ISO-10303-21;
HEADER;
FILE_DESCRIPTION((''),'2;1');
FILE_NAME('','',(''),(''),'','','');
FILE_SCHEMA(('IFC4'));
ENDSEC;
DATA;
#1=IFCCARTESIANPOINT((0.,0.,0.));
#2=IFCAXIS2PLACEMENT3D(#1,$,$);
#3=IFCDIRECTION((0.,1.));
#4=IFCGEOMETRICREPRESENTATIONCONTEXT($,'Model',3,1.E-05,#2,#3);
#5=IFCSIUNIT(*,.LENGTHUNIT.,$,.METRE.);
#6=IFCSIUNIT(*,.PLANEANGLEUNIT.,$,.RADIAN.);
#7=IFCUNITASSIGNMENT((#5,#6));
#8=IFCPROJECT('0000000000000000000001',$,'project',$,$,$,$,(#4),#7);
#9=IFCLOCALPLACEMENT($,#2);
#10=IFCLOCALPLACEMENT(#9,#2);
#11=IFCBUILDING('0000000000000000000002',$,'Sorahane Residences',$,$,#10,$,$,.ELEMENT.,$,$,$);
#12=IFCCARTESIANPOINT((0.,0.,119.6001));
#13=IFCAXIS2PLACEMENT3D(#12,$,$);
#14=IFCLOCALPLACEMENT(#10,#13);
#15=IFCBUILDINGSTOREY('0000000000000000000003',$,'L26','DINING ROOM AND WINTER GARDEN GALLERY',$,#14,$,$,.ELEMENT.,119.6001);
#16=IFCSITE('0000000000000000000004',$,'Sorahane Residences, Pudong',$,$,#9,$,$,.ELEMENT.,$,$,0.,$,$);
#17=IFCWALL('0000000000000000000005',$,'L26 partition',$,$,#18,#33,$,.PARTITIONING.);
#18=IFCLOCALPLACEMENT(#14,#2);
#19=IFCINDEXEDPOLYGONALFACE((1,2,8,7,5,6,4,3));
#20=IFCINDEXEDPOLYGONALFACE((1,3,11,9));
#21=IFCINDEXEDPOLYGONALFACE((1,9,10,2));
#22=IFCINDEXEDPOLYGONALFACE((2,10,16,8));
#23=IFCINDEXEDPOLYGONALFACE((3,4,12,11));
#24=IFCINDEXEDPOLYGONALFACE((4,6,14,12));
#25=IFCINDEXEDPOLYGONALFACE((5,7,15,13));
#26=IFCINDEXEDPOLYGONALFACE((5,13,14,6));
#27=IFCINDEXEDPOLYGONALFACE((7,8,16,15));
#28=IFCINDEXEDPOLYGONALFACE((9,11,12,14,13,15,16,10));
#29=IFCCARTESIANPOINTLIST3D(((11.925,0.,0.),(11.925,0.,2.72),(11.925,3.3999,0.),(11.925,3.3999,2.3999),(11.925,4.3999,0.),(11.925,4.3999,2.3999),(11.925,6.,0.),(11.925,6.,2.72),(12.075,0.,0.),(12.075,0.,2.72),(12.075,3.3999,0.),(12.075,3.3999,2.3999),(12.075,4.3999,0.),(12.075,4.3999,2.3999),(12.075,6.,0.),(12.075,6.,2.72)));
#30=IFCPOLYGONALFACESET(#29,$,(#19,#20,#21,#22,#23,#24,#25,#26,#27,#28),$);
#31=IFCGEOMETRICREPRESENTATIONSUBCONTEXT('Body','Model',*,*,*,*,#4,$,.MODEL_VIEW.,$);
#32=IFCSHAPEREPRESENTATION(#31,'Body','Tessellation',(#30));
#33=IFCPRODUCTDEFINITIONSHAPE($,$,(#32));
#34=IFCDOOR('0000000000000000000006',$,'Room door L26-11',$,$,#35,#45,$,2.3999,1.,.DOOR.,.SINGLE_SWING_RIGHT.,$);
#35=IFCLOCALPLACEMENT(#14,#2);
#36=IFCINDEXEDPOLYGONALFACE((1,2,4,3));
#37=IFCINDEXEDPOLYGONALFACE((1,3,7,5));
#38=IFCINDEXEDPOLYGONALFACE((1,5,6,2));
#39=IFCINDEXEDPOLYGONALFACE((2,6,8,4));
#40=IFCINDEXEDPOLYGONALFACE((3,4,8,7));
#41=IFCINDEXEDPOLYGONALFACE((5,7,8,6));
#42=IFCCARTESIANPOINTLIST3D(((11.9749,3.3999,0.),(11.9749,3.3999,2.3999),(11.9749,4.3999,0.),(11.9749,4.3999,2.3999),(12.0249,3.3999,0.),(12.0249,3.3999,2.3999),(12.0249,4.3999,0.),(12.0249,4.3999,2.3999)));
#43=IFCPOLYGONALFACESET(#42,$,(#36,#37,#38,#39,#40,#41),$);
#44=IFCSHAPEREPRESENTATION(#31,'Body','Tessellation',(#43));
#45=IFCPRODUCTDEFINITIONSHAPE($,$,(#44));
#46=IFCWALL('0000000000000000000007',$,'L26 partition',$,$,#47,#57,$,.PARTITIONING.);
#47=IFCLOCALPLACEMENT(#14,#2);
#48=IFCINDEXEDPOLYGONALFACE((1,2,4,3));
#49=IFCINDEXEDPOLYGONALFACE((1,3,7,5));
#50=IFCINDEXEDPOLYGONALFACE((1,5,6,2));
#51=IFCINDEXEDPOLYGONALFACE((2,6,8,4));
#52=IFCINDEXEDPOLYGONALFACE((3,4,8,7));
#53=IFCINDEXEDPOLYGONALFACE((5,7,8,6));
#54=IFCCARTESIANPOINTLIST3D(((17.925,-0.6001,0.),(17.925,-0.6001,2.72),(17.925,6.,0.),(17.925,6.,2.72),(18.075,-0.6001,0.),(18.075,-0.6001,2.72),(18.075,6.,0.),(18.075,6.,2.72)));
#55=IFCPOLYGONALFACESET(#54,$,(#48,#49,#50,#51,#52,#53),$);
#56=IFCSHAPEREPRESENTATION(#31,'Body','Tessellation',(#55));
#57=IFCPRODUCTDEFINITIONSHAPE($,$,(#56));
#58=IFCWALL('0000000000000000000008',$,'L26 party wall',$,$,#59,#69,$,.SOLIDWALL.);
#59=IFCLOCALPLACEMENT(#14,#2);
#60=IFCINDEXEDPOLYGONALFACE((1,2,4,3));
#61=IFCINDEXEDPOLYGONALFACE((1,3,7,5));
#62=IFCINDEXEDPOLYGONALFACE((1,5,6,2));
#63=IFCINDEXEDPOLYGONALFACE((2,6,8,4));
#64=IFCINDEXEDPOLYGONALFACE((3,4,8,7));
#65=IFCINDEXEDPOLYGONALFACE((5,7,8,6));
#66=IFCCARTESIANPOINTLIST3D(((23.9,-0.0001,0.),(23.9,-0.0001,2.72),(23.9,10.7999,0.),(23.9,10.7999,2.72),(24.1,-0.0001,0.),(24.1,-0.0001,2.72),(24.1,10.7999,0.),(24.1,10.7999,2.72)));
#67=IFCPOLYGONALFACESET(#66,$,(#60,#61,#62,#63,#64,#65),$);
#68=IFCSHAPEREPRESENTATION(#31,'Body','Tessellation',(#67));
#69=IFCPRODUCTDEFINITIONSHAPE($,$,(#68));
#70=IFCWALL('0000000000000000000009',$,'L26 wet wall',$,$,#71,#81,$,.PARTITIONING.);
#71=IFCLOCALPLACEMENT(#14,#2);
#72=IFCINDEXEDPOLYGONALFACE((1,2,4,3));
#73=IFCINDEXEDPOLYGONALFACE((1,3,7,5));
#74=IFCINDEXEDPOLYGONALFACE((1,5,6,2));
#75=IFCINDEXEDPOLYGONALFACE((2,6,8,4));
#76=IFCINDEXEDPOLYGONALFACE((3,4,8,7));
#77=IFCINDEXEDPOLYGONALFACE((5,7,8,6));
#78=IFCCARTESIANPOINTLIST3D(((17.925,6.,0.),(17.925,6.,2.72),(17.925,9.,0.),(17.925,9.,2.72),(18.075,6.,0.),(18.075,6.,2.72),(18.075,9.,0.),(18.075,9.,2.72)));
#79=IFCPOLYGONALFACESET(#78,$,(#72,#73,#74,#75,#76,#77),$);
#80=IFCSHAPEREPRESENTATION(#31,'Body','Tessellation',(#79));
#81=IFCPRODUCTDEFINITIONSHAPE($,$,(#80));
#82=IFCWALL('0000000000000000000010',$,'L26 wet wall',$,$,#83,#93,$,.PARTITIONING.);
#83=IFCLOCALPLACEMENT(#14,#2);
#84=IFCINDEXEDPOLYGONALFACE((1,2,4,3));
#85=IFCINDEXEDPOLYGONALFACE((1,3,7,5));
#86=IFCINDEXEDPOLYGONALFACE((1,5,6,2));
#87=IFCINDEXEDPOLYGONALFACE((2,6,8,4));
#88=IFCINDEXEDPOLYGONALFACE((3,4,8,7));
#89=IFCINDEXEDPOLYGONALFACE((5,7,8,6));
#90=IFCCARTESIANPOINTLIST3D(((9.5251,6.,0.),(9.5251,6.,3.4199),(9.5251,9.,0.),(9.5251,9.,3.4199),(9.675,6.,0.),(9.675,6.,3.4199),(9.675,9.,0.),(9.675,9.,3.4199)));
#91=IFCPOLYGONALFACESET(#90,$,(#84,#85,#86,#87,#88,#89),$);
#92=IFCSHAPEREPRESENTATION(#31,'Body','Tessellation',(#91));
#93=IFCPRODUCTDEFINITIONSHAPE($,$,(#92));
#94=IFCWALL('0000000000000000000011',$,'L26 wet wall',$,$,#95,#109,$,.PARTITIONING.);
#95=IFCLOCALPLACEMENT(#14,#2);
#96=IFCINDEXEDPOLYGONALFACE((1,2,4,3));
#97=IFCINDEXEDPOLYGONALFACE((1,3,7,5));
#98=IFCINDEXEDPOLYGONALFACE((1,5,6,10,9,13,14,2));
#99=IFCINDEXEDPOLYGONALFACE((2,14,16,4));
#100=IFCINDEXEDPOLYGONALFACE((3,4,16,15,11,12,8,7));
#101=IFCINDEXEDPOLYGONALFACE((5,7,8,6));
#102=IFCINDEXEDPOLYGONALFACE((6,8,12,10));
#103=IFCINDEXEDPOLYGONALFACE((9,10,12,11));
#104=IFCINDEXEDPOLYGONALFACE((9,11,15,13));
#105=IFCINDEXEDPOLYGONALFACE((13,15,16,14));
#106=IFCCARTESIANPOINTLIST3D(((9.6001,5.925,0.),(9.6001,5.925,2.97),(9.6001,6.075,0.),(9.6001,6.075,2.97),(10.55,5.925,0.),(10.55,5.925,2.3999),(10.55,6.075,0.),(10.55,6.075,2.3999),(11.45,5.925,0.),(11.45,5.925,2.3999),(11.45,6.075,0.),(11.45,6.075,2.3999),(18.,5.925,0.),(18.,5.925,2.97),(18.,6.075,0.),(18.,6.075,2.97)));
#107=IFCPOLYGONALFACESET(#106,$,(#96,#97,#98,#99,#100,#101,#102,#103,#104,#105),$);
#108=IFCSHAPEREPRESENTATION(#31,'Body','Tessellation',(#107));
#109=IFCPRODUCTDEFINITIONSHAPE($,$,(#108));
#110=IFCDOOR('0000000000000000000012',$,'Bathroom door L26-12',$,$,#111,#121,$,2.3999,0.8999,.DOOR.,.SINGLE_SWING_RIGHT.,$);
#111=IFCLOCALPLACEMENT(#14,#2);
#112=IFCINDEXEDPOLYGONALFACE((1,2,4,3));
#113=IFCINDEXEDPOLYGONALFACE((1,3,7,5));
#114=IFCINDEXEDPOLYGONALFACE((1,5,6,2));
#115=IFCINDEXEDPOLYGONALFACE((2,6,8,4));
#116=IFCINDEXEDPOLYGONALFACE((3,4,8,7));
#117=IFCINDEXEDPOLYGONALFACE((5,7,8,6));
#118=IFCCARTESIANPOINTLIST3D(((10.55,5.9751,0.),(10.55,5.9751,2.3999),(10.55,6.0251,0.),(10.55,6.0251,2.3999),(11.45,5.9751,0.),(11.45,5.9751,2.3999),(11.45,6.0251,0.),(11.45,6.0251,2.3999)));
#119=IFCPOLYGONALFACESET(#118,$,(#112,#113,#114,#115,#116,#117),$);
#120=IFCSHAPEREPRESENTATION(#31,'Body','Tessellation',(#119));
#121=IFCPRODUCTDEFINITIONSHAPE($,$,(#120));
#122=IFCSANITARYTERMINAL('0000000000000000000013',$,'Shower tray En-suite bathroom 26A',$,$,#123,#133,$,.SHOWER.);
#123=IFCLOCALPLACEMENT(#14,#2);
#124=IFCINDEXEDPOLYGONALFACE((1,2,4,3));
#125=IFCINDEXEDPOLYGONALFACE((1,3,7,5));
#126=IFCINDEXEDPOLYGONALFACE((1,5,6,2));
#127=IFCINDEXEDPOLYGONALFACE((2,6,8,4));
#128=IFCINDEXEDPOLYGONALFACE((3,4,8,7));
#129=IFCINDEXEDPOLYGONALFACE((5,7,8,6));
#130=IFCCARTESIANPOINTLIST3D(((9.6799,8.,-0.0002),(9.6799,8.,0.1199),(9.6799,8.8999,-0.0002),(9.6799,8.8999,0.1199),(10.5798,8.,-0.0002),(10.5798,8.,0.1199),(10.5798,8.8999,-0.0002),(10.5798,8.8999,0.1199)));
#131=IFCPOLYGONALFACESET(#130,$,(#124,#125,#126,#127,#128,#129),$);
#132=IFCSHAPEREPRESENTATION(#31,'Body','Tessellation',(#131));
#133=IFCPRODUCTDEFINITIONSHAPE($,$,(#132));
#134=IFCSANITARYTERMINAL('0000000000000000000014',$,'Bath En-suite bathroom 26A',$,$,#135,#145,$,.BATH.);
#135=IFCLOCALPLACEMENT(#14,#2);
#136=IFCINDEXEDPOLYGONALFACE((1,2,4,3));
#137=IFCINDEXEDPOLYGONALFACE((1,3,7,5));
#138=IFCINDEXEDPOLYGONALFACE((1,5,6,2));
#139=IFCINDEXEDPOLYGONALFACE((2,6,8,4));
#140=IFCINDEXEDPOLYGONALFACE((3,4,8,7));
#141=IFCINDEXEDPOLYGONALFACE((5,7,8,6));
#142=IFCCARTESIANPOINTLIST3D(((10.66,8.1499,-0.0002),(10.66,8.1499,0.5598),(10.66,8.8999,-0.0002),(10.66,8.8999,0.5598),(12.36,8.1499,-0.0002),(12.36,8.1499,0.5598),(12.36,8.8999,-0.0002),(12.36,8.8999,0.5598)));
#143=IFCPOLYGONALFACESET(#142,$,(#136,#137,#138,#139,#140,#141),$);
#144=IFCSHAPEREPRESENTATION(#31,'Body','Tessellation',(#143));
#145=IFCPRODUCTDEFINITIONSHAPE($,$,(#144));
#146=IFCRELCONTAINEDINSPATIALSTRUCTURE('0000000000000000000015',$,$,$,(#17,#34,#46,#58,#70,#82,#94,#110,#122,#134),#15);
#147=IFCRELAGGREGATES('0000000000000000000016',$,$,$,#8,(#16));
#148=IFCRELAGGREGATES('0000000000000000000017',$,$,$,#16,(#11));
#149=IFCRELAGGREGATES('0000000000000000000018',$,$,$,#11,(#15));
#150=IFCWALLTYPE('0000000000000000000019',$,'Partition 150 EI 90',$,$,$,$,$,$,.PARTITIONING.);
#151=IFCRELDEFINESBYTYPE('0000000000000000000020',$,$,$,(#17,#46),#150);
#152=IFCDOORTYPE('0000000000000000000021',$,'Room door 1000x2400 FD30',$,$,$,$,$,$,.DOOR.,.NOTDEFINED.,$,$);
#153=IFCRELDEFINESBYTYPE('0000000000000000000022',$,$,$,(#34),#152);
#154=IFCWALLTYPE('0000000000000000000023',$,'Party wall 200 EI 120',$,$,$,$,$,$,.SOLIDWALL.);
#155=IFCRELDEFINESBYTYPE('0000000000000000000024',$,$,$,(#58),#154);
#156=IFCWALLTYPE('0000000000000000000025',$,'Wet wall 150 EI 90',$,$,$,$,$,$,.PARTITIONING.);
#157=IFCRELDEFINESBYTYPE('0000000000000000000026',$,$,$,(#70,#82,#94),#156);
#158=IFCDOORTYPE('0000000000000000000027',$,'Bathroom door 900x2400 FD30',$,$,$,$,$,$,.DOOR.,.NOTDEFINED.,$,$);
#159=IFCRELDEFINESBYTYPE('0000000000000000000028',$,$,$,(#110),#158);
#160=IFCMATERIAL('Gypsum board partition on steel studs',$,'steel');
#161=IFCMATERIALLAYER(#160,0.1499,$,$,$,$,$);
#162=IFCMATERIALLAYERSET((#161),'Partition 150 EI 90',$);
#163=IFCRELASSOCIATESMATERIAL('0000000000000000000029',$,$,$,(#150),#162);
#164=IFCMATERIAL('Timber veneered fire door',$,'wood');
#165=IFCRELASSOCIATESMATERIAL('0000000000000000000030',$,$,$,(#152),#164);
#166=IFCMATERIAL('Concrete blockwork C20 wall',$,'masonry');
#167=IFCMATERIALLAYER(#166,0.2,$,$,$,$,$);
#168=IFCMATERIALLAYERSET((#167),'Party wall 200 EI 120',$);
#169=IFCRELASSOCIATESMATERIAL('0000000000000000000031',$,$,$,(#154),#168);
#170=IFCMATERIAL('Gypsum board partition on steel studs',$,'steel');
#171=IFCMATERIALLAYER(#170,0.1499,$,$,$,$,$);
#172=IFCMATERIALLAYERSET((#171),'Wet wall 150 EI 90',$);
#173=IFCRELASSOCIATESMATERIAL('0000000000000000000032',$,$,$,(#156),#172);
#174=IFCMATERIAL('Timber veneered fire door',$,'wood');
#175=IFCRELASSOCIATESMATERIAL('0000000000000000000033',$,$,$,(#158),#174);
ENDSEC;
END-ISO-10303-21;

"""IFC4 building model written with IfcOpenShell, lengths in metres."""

from ifc_helpers import new_model, si_unit, direction, frame, frame_2d, origin, origin_2d, place, context, subcontext, project, spatial, rectangle, extrude, material, layer, layer_set, type_object, element, fill, save


model = new_model("IFC4")

# Units and contexts
model_context = context("Model", 3, precision=1e-05, world=origin(), true_north=direction((0.0, 1.0)))
body_context = subcontext(model_context, "Body", "Model", "MODEL_VIEW")
ifc_project = project(units=[si_unit("LENGTHUNIT", "METRE"), si_unit("PLANEANGLEUNIT", "RADIAN")], contexts=[model_context])

# Site, building, storey
site_placement = place(None, origin())
site = spatial("IfcSite", under=ifc_project, at=site_placement, Name="Sorahane Residences, Pudong", CompositionType="ELEMENT", RefElevation=0.0)
building_placement = place(site_placement, origin())
building = spatial("IfcBuilding", under=site, at=building_placement, Name="Sorahane Residences", CompositionType="ELEMENT")
storey_placement = place(building_placement, frame((0.0, 0.0, 119.6001)))
storey = spatial("IfcBuildingStorey", under=building, at=storey_placement, Name="L26", Description="DINING ROOM AND WINTER GARDEN GALLERY", CompositionType="ELEMENT", Elevation=119.6001)

# Wall, opening, door
ifc_material_1 = material(Name="Gypsum board partition on steel studs", Category="steel")
ifc_layer_1 = layer(ifc_material_1, 0.1499)
ifc_layer_set_1 = layer_set([ifc_layer_1], Name="Partition 150 EI 90")
wall_type_1 = type_object("IfcWallType", Name="Partition 150 EI 90", PredefinedType="PARTITIONING", material=ifc_layer_set_1)
wall_1_placement = place(storey_placement, frame((12.0, 0.0, 0.0), z_axis=(0.0, 0.0, 1.0), x_axis=(0.0, 1.0, 0.0)))
wall_1 = element("IfcWall", 1, at=wall_1_placement, inside=storey, type_object=wall_type_1, Name="L26 partition", PredefinedType="PARTITIONING", context=body_context, shape_type="SweptSolid", body=[
    extrude(rectangle(XDim=6.0, YDim=0.1499, at=frame_2d((3.0, 0.0))), origin(), (0.0, 0.0, 1.0), 2.72),
])
opening_1_placement = place(wall_1_placement, frame((3.3999, 0.0, 0.0)))
opening_1 = element("IfcOpeningElement", 2, at=opening_1_placement, cuts=wall_1, PredefinedType="OPENING", context=body_context, shape_type="SweptSolid", body=[
    extrude(rectangle(XDim=1.0, YDim=2.3999, at=frame_2d((0.5, 1.2))), frame((0.0, 0.085, 0.0), z_axis=(0.0, -1.0, 0.0), x_axis=(1.0, 0.0, 0.0)), (0.0, 0.0, 1.0), 0.1699),
])
ifc_material_2 = material(Name="Timber veneered fire door", Category="wood")
door_type_1 = type_object("IfcDoorType", Name="Room door 1000x2400 FD30", OperationType="NOTDEFINED", PredefinedType="DOOR", material=ifc_material_2)
door_1_placement = place(opening_1_placement, frame((1.0, 0.0, 0.0), z_axis=(0.0, 0.0, 1.0), x_axis=(-1.0, 0.0, 0.0)))
door_1 = element("IfcDoor", 3, at=door_1_placement, inside=storey, type_object=door_type_1, Name="Room door L26-11", OperationType="SINGLE_SWING_RIGHT", OverallHeight=2.3999, OverallWidth=1.0, PredefinedType="DOOR", context=body_context, shape_type="SweptSolid", body=[
    extrude(rectangle(XDim=1.0, YDim=2.3999, at=frame_2d((0.5, 1.2))), frame((0.0, 0.0249, 0.0), z_axis=(0.0, -1.0, 0.0), x_axis=(1.0, 0.0, 0.0)), (0.0, 0.0, 1.0), 0.05),
])
fill(opening_1, door_1)

# Walls
wall_2_placement = place(storey_placement, frame((18.0, -0.6001, 0.0), z_axis=(0.0, 0.0, 1.0), x_axis=(0.0, 1.0, 0.0)))
element("IfcWall", 4, at=wall_2_placement, inside=storey, type_object=wall_type_1, Name="L26 partition", PredefinedType="PARTITIONING", context=body_context, shape_type="SweptSolid", body=[
    extrude(rectangle(XDim=6.6001, YDim=0.1499, at=frame_2d((3.3, 0.0))), origin(), (0.0, 0.0, 1.0), 2.72),
])
ifc_material_3 = material(Name="Concrete blockwork C20 wall", Category="masonry")
ifc_layer_2 = layer(ifc_material_3, 0.2)
ifc_layer_set_2 = layer_set([ifc_layer_2], Name="Party wall 200 EI 120")
wall_type_2 = type_object("IfcWallType", Name="Party wall 200 EI 120", PredefinedType="SOLIDWALL", material=ifc_layer_set_2)
wall_3_placement = place(storey_placement, frame((24.0, 0.0, 0.0), z_axis=(0.0, 0.0, 1.0), x_axis=(0.0, 1.0, 0.0)))
element("IfcWall", 5, at=wall_3_placement, inside=storey, type_object=wall_type_2, Name="L26 party wall", PredefinedType="SOLIDWALL", context=body_context, shape_type="SweptSolid", body=[
    extrude(rectangle(XDim=10.8, YDim=0.2, at=frame_2d((5.3999, 0.0))), origin(), (0.0, 0.0, 1.0), 2.72),
])
ifc_material_4 = material(Name="Gypsum board partition on steel studs", Category="steel")
ifc_layer_3 = layer(ifc_material_4, 0.1499)
ifc_layer_set_3 = layer_set([ifc_layer_3], Name="Wet wall 150 EI 90")
wall_type_3 = type_object("IfcWallType", Name="Wet wall 150 EI 90", PredefinedType="PARTITIONING", material=ifc_layer_set_3)
wall_4_placement = place(storey_placement, frame((18.0, 6.0, 0.0), z_axis=(0.0, 0.0, 1.0), x_axis=(0.0, 1.0, 0.0)))
element("IfcWall", 6, at=wall_4_placement, inside=storey, type_object=wall_type_3, Name="L26 wet wall", PredefinedType="PARTITIONING", context=body_context, shape_type="SweptSolid", body=[
    extrude(rectangle(XDim=3.0, YDim=0.1499, at=frame_2d((1.5, 0.0))), origin(), (0.0, 0.0, 1.0), 2.72),
])
wall_5_placement = place(storey_placement, frame((9.6001, 6.0, 0.0), z_axis=(0.0, 0.0, 1.0), x_axis=(0.0, 1.0, 0.0)))
element("IfcWall", 7, at=wall_5_placement, inside=storey, type_object=wall_type_3, Name="L26 wet wall", PredefinedType="PARTITIONING", context=body_context, shape_type="SweptSolid", body=[
    extrude(rectangle(XDim=3.0, YDim=0.1499, at=frame_2d((1.5, 0.0))), origin(), (0.0, 0.0, 1.0), 3.4199),
])

# Wall, opening, door
wall_6_placement = place(storey_placement, frame((9.6001, 6.0, 0.0), z_axis=(0.0, 0.0, 1.0), x_axis=(1.0, 0.0, 0.0)))
wall_6 = element("IfcWall", 8, at=wall_6_placement, inside=storey, type_object=wall_type_3, Name="L26 wet wall", PredefinedType="PARTITIONING", context=body_context, shape_type="SweptSolid", body=[
    extrude(rectangle(XDim=8.3999, YDim=0.1499, at=frame_2d((4.2, 0.0))), origin(), (0.0, 0.0, 1.0), 2.97),
])
opening_2_placement = place(wall_6_placement, frame((0.95, 0.0, 0.0)))
opening_2 = element("IfcOpeningElement", 9, at=opening_2_placement, cuts=wall_6, PredefinedType="OPENING", context=body_context, shape_type="SweptSolid", body=[
    extrude(rectangle(XDim=0.8999, YDim=2.3999, at=frame_2d((0.45, 1.2))), frame((0.0, 0.085, 0.0), z_axis=(0.0, -1.0, 0.0), x_axis=(1.0, 0.0, 0.0)), (0.0, 0.0, 1.0), 0.1699),
])
ifc_material_5 = material(Name="Timber veneered fire door", Category="wood")
door_type_2 = type_object("IfcDoorType", Name="Bathroom door 900x2400 FD30", OperationType="NOTDEFINED", PredefinedType="DOOR", material=ifc_material_5)
door_2_placement = place(opening_2_placement, frame((0.8999, 0.0, 0.0), z_axis=(0.0, 0.0, 1.0), x_axis=(-1.0, 0.0, 0.0)))
door_2 = element("IfcDoor", 10, at=door_2_placement, inside=storey, type_object=door_type_2, Name="Bathroom door L26-12", OperationType="SINGLE_SWING_RIGHT", OverallHeight=2.3999, OverallWidth=0.8999, PredefinedType="DOOR", context=body_context, shape_type="SweptSolid", body=[
    extrude(rectangle(XDim=0.8999, YDim=2.3999, at=frame_2d((0.45, 1.2))), frame((0.0, 0.0249, 0.0), z_axis=(0.0, -1.0, 0.0), x_axis=(1.0, 0.0, 0.0)), (0.0, 0.0, 1.0), 0.05),
])
fill(opening_2, door_2)

# Sanitary terminals
sanitary_terminal_1_placement = place(storey_placement, frame((10.1299, 8.45, -0.0002), z_axis=(0.0, 0.0, 1.0), x_axis=(1.0, 0.0, 0.0)))
element("IfcSanitaryTerminal", 11, at=sanitary_terminal_1_placement, inside=storey, Name="Shower tray En-suite bathroom 26A", PredefinedType="SHOWER", context=body_context, shape_type="SweptSolid", body=[
    extrude(rectangle(XDim=0.8999, YDim=0.8999, at=origin_2d()), origin(), (0.0, 0.0, 1.0), 0.1201),
])
sanitary_terminal_2_placement = place(storey_placement, frame((11.51, 8.5249, -0.0002), z_axis=(0.0, 0.0, 1.0), x_axis=(1.0, 0.0, 0.0)))
element("IfcSanitaryTerminal", 12, at=sanitary_terminal_2_placement, inside=storey, Name="Bath En-suite bathroom 26A", PredefinedType="BATH", context=body_context, shape_type="SweptSolid", body=[
    extrude(rectangle(XDim=1.7, YDim=0.75, at=origin_2d()), origin(), (0.0, 0.0, 1.0), 0.5601),
])

save(model, "model.ifc")
